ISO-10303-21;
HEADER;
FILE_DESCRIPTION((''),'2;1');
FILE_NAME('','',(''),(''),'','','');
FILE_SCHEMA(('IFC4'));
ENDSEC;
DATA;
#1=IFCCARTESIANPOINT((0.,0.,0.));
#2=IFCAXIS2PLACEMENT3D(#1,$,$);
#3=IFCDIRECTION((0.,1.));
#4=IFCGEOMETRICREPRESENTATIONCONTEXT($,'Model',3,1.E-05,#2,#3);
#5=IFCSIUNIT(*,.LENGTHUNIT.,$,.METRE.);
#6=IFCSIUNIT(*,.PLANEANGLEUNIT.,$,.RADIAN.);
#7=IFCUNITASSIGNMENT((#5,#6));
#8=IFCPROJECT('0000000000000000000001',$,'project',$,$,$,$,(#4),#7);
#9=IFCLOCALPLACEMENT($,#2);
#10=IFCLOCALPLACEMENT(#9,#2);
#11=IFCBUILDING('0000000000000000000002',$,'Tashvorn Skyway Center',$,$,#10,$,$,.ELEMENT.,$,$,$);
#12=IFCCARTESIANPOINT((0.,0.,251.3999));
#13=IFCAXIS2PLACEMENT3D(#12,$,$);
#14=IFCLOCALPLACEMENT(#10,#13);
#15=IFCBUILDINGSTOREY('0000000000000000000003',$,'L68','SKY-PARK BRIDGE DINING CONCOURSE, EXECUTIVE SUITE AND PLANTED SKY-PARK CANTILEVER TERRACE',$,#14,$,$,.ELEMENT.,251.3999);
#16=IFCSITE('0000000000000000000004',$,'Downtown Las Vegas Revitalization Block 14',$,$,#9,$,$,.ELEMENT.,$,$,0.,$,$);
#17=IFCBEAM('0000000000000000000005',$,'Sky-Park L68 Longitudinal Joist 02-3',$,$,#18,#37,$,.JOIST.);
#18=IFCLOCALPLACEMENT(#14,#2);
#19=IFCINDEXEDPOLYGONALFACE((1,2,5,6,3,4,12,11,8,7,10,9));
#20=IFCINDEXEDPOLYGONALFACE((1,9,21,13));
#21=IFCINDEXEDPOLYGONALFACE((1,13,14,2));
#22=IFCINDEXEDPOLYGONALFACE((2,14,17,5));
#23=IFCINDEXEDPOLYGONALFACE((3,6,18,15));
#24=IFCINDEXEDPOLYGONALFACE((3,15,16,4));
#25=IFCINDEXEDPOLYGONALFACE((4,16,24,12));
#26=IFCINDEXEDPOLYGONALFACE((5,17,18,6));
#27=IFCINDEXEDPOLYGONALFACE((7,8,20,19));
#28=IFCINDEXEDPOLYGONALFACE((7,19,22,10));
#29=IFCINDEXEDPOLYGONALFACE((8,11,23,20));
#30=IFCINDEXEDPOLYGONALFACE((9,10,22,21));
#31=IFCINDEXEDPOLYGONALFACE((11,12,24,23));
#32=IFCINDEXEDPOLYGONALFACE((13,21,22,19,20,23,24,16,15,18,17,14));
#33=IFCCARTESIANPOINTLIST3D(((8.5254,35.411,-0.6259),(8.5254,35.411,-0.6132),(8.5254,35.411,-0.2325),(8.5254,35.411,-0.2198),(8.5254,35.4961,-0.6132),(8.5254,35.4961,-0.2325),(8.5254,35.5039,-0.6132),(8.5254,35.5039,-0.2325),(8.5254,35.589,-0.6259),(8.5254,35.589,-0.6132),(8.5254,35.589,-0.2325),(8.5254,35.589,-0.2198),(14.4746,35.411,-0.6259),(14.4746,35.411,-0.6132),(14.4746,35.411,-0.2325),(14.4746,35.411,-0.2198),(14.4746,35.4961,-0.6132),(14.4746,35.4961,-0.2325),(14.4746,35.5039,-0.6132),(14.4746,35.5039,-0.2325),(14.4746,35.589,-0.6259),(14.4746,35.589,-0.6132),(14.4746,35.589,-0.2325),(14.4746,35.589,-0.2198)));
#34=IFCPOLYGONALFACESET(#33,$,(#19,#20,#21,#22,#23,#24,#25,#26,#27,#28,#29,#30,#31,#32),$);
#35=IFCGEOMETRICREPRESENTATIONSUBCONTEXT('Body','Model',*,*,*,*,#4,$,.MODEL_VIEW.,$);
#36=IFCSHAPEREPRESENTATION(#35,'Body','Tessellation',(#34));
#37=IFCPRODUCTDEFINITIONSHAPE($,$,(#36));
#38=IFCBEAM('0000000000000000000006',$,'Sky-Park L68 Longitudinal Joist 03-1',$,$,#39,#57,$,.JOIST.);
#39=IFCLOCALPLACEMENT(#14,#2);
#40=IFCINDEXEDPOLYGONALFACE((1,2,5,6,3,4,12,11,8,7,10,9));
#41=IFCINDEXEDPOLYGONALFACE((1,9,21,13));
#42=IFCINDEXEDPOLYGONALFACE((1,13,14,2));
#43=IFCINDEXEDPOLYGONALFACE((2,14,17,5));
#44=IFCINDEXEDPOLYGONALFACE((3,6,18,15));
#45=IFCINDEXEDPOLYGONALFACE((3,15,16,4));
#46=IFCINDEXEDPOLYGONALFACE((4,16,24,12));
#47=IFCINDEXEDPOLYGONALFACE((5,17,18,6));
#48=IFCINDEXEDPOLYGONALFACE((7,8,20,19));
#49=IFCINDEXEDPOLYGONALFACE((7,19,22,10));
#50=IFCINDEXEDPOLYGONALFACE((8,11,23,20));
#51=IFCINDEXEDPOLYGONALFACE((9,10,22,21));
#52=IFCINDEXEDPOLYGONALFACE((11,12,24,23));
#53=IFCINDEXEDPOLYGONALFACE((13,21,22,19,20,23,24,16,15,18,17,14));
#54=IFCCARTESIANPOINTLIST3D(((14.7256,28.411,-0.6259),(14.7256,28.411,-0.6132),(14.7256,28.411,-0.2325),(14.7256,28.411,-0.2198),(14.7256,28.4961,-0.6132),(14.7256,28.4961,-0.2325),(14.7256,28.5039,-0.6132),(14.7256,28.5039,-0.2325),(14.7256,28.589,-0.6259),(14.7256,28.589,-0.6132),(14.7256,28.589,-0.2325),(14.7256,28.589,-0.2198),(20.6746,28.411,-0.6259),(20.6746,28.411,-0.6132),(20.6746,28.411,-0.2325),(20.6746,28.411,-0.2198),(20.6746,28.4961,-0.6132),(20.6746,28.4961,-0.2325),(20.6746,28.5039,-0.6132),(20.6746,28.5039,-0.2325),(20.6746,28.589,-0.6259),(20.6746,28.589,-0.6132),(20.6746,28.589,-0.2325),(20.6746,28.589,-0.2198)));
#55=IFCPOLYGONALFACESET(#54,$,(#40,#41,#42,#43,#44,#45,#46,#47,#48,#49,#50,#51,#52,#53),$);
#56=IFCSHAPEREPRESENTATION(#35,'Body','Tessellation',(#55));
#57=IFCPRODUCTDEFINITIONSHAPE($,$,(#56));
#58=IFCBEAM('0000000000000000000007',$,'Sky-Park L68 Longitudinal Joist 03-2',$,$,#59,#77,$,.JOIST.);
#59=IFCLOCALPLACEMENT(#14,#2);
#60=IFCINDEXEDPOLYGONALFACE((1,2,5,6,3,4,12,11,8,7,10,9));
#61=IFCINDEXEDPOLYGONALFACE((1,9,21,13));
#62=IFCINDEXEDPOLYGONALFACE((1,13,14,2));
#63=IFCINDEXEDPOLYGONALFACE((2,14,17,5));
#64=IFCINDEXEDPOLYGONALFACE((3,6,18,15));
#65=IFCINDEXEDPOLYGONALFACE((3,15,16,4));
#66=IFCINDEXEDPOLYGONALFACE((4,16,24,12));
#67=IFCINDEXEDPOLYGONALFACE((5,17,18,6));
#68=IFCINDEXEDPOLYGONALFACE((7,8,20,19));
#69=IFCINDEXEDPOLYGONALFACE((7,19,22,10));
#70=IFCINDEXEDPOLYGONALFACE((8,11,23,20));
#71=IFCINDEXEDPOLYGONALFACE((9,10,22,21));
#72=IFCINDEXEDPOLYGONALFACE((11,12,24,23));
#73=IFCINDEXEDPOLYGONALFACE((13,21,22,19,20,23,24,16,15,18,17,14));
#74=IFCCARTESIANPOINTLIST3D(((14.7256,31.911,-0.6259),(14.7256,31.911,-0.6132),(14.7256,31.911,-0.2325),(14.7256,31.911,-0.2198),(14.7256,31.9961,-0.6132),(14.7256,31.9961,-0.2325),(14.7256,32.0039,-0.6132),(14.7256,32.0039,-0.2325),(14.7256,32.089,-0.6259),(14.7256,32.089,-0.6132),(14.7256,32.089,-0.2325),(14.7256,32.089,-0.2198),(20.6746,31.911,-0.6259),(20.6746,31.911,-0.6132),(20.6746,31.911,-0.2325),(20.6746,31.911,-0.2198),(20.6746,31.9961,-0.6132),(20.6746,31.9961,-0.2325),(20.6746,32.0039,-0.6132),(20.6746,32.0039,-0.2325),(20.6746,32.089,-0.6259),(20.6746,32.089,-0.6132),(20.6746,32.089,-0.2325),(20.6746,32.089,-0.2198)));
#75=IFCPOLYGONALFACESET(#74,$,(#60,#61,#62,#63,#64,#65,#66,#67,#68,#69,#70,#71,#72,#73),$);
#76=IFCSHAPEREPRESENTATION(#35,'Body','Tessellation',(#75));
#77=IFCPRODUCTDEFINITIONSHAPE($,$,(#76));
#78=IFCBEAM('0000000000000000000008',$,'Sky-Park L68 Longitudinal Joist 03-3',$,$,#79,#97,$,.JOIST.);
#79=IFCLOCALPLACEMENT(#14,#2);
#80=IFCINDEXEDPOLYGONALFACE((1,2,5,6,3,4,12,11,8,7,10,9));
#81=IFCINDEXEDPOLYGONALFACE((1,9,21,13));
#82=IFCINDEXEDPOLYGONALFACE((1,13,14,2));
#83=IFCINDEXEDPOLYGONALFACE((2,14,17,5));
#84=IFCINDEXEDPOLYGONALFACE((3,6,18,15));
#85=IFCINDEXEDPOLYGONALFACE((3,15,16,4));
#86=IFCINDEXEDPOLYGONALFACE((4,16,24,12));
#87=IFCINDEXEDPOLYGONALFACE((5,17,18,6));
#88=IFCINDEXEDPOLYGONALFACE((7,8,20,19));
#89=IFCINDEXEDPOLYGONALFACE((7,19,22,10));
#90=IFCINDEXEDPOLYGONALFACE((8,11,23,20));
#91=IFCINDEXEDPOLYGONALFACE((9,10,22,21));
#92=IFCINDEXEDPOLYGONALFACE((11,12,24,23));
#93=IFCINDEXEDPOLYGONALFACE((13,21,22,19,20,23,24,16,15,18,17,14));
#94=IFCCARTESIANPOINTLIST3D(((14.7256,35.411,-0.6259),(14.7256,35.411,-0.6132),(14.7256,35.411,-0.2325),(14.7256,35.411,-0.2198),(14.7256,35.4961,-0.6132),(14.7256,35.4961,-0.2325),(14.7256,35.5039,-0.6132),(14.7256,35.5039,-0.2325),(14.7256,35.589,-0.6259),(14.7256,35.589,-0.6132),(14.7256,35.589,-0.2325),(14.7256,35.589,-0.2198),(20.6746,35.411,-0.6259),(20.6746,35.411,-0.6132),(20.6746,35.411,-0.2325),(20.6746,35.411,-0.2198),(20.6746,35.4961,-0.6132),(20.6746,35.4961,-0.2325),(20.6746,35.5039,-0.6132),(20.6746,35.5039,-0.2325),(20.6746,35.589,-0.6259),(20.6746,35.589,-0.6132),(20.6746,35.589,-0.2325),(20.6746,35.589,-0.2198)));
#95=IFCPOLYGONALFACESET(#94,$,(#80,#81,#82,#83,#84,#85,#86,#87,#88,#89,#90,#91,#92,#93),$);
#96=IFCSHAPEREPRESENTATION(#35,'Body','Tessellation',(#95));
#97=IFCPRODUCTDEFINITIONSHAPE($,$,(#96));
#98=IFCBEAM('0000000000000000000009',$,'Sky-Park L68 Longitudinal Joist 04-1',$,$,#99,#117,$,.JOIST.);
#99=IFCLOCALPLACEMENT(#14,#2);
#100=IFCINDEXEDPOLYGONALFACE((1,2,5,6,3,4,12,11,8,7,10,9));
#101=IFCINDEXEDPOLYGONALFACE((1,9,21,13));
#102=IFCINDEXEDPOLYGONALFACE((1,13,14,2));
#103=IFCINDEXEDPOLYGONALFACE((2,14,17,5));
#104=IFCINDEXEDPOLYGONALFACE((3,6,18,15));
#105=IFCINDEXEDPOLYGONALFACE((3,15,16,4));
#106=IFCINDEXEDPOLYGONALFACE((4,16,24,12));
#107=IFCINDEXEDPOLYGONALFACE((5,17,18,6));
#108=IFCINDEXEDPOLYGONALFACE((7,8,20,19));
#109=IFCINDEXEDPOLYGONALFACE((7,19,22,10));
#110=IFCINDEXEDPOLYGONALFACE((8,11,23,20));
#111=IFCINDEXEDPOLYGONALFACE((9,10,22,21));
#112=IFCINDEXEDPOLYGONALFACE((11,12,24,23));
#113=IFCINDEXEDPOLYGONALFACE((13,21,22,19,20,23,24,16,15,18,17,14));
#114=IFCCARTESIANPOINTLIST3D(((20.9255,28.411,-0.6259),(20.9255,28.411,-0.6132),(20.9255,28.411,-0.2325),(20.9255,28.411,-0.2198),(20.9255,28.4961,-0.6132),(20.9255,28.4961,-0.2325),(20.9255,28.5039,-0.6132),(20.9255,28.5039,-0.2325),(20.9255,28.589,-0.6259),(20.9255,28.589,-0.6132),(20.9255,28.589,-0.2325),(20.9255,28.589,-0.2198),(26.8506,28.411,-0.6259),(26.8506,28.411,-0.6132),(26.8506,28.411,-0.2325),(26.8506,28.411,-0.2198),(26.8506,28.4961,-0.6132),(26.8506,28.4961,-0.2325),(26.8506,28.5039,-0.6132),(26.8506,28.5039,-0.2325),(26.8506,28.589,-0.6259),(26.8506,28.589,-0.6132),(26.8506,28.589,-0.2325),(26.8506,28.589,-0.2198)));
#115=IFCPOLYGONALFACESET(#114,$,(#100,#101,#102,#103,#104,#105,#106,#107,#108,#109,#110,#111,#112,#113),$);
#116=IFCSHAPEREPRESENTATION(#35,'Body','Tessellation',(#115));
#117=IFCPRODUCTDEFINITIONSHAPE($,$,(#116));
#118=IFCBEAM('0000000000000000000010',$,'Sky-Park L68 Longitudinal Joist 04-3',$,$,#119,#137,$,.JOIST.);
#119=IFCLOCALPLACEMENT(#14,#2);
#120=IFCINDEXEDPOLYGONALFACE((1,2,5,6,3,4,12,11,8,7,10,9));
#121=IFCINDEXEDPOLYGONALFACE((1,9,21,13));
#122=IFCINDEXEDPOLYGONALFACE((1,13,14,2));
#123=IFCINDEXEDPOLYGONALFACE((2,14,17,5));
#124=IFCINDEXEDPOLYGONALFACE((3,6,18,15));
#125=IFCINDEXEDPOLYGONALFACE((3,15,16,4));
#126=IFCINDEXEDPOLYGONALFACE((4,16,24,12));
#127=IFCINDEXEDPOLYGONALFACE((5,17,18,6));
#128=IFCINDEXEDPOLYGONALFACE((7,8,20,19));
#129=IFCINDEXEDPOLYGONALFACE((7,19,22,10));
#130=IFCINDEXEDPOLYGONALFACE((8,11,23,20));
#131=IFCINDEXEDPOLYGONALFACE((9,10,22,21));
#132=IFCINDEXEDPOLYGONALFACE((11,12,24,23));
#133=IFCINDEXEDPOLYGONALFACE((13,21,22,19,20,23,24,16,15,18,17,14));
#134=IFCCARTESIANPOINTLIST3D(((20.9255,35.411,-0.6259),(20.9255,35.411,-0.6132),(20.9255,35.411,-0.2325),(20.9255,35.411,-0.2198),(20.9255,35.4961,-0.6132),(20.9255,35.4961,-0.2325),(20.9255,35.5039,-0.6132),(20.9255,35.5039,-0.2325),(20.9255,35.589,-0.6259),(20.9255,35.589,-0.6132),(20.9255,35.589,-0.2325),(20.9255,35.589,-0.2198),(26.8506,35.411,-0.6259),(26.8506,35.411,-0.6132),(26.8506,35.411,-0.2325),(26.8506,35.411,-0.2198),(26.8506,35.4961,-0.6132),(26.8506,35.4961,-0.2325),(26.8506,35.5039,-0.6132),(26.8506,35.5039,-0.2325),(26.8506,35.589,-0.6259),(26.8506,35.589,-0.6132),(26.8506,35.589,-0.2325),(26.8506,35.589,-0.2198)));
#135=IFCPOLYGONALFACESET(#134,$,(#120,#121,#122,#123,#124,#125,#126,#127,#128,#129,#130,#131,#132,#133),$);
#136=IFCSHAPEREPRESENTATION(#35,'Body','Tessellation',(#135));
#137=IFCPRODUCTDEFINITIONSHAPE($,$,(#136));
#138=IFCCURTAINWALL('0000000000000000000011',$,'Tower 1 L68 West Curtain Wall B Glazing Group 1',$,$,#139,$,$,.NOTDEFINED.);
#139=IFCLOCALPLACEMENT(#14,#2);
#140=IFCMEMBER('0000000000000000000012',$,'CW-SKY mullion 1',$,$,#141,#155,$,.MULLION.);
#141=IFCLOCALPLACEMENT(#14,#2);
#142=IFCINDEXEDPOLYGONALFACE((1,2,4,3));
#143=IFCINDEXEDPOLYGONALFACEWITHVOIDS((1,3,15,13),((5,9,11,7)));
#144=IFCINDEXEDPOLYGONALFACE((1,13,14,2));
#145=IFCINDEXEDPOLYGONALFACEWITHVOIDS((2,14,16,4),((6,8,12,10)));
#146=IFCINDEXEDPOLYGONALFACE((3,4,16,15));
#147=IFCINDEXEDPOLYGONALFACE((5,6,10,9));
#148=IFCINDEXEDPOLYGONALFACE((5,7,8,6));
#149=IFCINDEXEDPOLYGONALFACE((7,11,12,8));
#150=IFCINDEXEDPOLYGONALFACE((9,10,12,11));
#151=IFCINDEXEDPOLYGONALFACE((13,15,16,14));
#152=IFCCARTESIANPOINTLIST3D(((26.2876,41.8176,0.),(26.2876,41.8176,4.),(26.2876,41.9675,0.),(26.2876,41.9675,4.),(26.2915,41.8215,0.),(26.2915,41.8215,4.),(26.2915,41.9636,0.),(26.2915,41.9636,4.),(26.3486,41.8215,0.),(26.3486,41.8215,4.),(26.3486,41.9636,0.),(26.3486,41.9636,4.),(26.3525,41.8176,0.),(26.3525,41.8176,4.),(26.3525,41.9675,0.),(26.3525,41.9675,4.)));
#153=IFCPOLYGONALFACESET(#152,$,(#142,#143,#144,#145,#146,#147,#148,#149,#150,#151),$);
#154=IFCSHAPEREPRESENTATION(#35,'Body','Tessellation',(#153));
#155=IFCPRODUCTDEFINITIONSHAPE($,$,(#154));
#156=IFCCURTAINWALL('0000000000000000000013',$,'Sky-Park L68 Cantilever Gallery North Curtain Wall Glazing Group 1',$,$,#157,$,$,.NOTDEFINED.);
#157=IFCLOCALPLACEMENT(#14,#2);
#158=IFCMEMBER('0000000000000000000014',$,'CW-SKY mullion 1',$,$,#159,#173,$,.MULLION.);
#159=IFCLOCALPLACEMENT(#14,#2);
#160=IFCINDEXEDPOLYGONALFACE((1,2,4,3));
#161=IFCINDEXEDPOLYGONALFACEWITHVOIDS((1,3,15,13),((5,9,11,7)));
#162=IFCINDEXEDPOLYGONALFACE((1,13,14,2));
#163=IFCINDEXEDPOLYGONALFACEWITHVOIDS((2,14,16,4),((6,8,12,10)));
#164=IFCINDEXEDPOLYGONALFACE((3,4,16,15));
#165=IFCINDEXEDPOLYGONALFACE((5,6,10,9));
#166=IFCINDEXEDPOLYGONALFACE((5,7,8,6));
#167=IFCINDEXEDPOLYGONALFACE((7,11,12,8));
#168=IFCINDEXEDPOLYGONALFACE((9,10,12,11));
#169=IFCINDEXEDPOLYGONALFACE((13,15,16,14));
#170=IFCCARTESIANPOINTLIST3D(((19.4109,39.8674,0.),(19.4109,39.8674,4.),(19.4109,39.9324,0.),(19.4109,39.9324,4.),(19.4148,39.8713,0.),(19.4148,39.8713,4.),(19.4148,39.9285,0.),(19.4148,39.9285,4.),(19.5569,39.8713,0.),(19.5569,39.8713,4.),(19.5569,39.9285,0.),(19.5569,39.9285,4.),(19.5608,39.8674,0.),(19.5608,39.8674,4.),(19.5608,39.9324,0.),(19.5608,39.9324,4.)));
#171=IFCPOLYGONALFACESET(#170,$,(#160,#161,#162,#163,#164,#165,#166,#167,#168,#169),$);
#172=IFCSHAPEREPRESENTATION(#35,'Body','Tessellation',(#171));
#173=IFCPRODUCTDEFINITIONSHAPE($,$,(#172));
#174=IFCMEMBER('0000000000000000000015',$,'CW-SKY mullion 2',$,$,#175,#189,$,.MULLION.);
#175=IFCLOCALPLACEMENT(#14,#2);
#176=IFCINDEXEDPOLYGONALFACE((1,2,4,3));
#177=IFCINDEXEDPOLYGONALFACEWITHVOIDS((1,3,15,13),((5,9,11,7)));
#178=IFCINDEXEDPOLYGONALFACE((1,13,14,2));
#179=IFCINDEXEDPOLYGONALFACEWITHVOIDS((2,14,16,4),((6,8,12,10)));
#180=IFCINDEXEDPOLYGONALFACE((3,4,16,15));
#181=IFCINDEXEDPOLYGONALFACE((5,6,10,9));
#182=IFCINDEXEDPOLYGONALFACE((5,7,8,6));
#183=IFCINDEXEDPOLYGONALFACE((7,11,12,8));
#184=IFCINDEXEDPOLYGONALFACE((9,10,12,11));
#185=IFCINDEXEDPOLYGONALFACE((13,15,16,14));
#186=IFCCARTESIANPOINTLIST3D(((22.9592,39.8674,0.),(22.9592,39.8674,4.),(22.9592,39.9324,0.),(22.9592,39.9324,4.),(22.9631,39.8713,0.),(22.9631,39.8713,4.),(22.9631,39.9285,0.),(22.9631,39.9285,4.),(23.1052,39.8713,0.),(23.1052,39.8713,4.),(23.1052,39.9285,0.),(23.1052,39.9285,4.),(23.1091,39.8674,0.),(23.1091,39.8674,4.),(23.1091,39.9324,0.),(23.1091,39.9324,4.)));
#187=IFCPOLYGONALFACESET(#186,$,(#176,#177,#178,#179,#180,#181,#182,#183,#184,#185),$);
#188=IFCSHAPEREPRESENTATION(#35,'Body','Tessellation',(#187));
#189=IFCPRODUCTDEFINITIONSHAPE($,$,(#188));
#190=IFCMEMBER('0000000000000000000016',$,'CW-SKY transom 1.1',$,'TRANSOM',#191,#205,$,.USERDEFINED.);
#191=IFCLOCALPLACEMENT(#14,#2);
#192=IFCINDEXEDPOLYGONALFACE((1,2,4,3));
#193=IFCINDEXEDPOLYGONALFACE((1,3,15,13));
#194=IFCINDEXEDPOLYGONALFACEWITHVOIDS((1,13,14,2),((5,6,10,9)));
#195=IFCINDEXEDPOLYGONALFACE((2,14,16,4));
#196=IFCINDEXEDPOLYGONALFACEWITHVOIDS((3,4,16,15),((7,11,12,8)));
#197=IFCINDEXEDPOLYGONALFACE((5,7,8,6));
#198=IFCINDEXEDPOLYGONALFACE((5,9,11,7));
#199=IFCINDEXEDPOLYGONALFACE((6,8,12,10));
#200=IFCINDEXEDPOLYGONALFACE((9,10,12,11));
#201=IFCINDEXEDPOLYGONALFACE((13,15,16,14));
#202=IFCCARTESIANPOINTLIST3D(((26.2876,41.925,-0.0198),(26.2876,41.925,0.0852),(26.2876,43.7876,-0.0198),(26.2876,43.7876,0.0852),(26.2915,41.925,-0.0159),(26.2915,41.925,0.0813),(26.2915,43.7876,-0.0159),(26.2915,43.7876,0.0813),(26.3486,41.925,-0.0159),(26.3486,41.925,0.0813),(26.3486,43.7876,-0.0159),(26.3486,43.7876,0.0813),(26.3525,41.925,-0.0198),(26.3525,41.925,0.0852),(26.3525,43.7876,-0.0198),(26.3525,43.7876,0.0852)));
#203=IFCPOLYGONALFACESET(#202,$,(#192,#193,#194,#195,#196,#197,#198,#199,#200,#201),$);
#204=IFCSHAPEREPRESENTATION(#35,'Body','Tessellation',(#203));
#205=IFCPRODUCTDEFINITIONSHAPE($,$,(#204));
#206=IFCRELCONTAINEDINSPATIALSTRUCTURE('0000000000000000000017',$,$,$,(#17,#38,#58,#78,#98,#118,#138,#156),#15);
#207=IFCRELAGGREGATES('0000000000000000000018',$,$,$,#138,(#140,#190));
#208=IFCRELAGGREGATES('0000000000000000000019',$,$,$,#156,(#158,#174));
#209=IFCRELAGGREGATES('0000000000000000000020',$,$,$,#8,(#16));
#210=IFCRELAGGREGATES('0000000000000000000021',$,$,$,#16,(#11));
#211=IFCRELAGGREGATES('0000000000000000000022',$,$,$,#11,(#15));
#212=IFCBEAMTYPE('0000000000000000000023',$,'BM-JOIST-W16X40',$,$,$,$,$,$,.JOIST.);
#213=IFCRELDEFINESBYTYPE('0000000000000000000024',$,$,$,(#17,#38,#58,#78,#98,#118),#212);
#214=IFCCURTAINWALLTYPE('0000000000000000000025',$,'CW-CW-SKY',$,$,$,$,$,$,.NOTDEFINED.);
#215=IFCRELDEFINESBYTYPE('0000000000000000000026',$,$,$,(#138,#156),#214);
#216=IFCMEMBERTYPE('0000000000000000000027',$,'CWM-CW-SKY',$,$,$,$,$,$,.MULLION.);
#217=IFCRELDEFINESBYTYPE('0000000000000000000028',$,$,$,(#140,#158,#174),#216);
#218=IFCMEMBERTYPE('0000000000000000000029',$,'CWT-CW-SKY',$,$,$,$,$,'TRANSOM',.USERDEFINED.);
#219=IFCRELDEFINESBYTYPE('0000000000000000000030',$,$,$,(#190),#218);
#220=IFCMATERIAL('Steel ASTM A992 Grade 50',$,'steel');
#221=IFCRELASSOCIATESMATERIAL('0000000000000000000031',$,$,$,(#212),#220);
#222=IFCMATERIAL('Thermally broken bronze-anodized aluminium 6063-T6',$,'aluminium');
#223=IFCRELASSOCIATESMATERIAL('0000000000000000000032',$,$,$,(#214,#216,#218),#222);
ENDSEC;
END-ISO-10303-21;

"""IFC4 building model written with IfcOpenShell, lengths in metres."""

from ifc_helpers import new_model, si_unit, direction, frame, origin, origin_2d, place, context, subcontext, project, spatial, hollow_rectangle, i_section, extrude, material, material_profile, profile_set, type_object, element, aggregate, save


model = new_model("IFC4")

# Units and contexts
model_context = context("Model", 3, precision=1e-05, world=origin(), true_north=direction((0.0, 1.0)))
body_context = subcontext(model_context, "Body", "Model", "MODEL_VIEW")
ifc_project = project(units=[si_unit("LENGTHUNIT", "METRE"), si_unit("PLANEANGLEUNIT", "RADIAN")], contexts=[model_context])

# Site, building, storey
site_placement = place(None, origin())
site = spatial("IfcSite", under=ifc_project, at=site_placement, Name="Downtown Las Vegas Revitalization Block 14", CompositionType="ELEMENT", RefElevation=0.0)
building_placement = place(site_placement, origin())
building = spatial("IfcBuilding", under=site, at=building_placement, Name="Tashvorn Skyway Center", CompositionType="ELEMENT")
storey_placement = place(building_placement, frame((0.0, 0.0, 251.3999)))
storey = spatial("IfcBuildingStorey", under=building, at=storey_placement, Name="L68", Description="SKY-PARK BRIDGE DINING CONCOURSE, EXECUTIVE SUITE AND PLANTED SKY-PARK CANTILEVER TERRACE", CompositionType="ELEMENT", Elevation=251.3999)

# Beams
ifc_material_1 = material(Name="Steel ASTM A992 Grade 50", Category="steel")
ifc_material_profile_1 = material_profile(ifc_material_1, i_section(OverallWidth=0.178, OverallDepth=0.406, WebThickness=0.0078, FlangeThickness=0.0127, at=origin_2d()), Name="W16X40")
ifc_profile_set_1 = profile_set([ifc_material_profile_1], Name="Steel ASTM A992 Grade 50")
beam_type_1 = type_object("IfcBeamType", Name="BM-JOIST-W16X40", PredefinedType="JOIST", material=ifc_profile_set_1)
for number, where, z_axis, x_axis, name in (
    (1, (8.5254, 35.5, -0.4229), (1.0, 0.0, 0.0), (0.0, 1.0, 0.0), "Sky-Park L68 Longitudinal Joist 02-3"),
):
    element("IfcBeam", number, at=place(storey_placement, frame(where, z_axis=z_axis, x_axis=x_axis)), inside=storey, type_object=beam_type_1, Name=name, PredefinedType="JOIST", context=body_context, shape_type="SweptSolid", body=[
        extrude(i_section(OverallWidth=0.178, OverallDepth=0.406, WebThickness=0.0078, FlangeThickness=0.0127, at=origin_2d()), origin(), (0.0, 0.0, 1.0), 5.9492),
    ])
for number, where, z_axis, x_axis, name in (
    (2, (14.7256, 28.5, -0.4229), (1.0, 0.0, 0.0), (0.0, 1.0, 0.0), "Sky-Park L68 Longitudinal Joist 03-1"),
    (3, (14.7256, 32.0, -0.4229), (1.0, 0.0, 0.0), (0.0, 1.0, 0.0), "Sky-Park L68 Longitudinal Joist 03-2"),
    (4, (14.7256, 35.5, -0.4229), (1.0, 0.0, 0.0), (0.0, 1.0, 0.0), "Sky-Park L68 Longitudinal Joist 03-3"),
):
    element("IfcBeam", number, at=place(storey_placement, frame(where, z_axis=z_axis, x_axis=x_axis)), inside=storey, type_object=beam_type_1, Name=name, PredefinedType="JOIST", context=body_context, shape_type="SweptSolid", body=[
        extrude(i_section(OverallWidth=0.178, OverallDepth=0.406, WebThickness=0.0078, FlangeThickness=0.0127, at=origin_2d()), origin(), (0.0, 0.0, 1.0), 5.949),
    ])
for number, where, z_axis, x_axis, name in (
    (5, (20.9255, 28.5, -0.4229), (1.0, 0.0, 0.0), (0.0, 1.0, 0.0), "Sky-Park L68 Longitudinal Joist 04-1"),
    (6, (20.9255, 35.5, -0.4229), (1.0, 0.0, 0.0), (0.0, 1.0, 0.0), "Sky-Park L68 Longitudinal Joist 04-3"),
):
    element("IfcBeam", number, at=place(storey_placement, frame(where, z_axis=z_axis, x_axis=x_axis)), inside=storey, type_object=beam_type_1, Name=name, PredefinedType="JOIST", context=body_context, shape_type="SweptSolid", body=[
        extrude(i_section(OverallWidth=0.178, OverallDepth=0.406, WebThickness=0.0078, FlangeThickness=0.0127, at=origin_2d()), origin(), (0.0, 0.0, 1.0), 5.925),
    ])

# Curtain wall, member
ifc_material_2 = material(Name="Thermally broken bronze-anodized aluminium 6063-T6", Category="aluminium")
curtain_wall_type = type_object("IfcCurtainWallType", Name="CW-CW-SKY", PredefinedType="NOTDEFINED", material=ifc_material_2)
curtain_wall_1_placement = place(storey_placement, origin())
curtain_wall_1 = element("IfcCurtainWall", 7, at=curtain_wall_1_placement, inside=storey, type_object=curtain_wall_type, Name="Tower 1 L68 West Curtain Wall B Glazing Group 1", PredefinedType="NOTDEFINED")
ifc_material_profile_2 = material_profile(ifc_material_2, hollow_rectangle(XDim=0.0649, YDim=0.1499, WallThickness=0.0039, at=origin_2d()), Name="ALU-MULL-65x150")
ifc_profile_set_2 = profile_set([ifc_material_profile_2], Name="Thermally broken bronze-anodized aluminium 6063-T6")
member_type_1 = type_object("IfcMemberType", Name="CWM-CW-SKY", PredefinedType="MULLION", material=ifc_profile_set_2)
member_1_placement = place(storey_placement, frame((26.3201, 41.8926, 0.0), z_axis=(0.0, 0.0, 1.0), x_axis=(-1.0, 0.0, 0.0)))
member_1 = element("IfcMember", 8, at=member_1_placement, type_object=member_type_1, Name="CW-SKY mullion 1", PredefinedType="MULLION", context=body_context, shape_type="SweptSolid", body=[
    extrude(hollow_rectangle(XDim=0.0649, YDim=0.1499, WallThickness=0.0039, at=origin_2d()), origin(), (0.0, 0.0, 1.0), 4.0),
])

# Curtain wall, members
curtain_wall_2_placement = place(storey_placement, origin())
curtain_wall_2 = element("IfcCurtainWall", 9, at=curtain_wall_2_placement, inside=storey, type_object=curtain_wall_type, Name="Sky-Park L68 Cantilever Gallery North Curtain Wall Glazing Group 1", PredefinedType="NOTDEFINED")
member_2_placement = place(storey_placement, frame((19.4858, 39.8999, 0.0), z_axis=(0.0, 0.0, 1.0), x_axis=(0.0, 1.0, 0.0)))
member_2 = element("IfcMember", 10, at=member_2_placement, type_object=member_type_1, Name="CW-SKY mullion 1", PredefinedType="MULLION", context=body_context, shape_type="SweptSolid", body=[
    extrude(hollow_rectangle(XDim=0.0649, YDim=0.1499, WallThickness=0.0039, at=origin_2d()), origin(), (0.0, 0.0, 1.0), 4.0),
])
member_3_placement = place(storey_placement, frame((23.0342, 39.8999, 0.0), z_axis=(0.0, 0.0, 1.0), x_axis=(0.0, 1.0, 0.0)))
member_3 = element("IfcMember", 11, at=member_3_placement, type_object=member_type_1, Name="CW-SKY mullion 2", PredefinedType="MULLION", context=body_context, shape_type="SweptSolid", body=[
    extrude(hollow_rectangle(XDim=0.0649, YDim=0.1499, WallThickness=0.0039, at=origin_2d()), origin(), (0.0, 0.0, 1.0), 4.0),
])

# Member
ifc_material_profile_3 = material_profile(ifc_material_2, hollow_rectangle(XDim=0.0649, YDim=0.105, WallThickness=0.0039, at=origin_2d()), Name="ALU-TRAN-65x105")
ifc_profile_set_3 = profile_set([ifc_material_profile_3], Name="Thermally broken bronze-anodized aluminium 6063-T6")
member_type_2 = type_object("IfcMemberType", Name="CWT-CW-SKY", ElementType="TRANSOM", PredefinedType="USERDEFINED", material=ifc_profile_set_3)
member_4_placement = place(storey_placement, frame((26.3201, 41.925, 0.0327), z_axis=(0.0, 1.0, 0.0), x_axis=(-1.0, 0.0, 0.0)))
member_4 = element("IfcMember", 12, at=member_4_placement, type_object=member_type_2, Name="CW-SKY transom 1.1", ObjectType="TRANSOM", PredefinedType="USERDEFINED", context=body_context, shape_type="SweptSolid", body=[
    extrude(hollow_rectangle(XDim=0.0649, YDim=0.105, WallThickness=0.0039, at=origin_2d()), origin(), (0.0, 0.0, 1.0), 1.8625),
])
aggregate(curtain_wall_1, [member_1, member_4])

aggregate(curtain_wall_2, [member_2, member_3])

save(model, "model.ifc")
